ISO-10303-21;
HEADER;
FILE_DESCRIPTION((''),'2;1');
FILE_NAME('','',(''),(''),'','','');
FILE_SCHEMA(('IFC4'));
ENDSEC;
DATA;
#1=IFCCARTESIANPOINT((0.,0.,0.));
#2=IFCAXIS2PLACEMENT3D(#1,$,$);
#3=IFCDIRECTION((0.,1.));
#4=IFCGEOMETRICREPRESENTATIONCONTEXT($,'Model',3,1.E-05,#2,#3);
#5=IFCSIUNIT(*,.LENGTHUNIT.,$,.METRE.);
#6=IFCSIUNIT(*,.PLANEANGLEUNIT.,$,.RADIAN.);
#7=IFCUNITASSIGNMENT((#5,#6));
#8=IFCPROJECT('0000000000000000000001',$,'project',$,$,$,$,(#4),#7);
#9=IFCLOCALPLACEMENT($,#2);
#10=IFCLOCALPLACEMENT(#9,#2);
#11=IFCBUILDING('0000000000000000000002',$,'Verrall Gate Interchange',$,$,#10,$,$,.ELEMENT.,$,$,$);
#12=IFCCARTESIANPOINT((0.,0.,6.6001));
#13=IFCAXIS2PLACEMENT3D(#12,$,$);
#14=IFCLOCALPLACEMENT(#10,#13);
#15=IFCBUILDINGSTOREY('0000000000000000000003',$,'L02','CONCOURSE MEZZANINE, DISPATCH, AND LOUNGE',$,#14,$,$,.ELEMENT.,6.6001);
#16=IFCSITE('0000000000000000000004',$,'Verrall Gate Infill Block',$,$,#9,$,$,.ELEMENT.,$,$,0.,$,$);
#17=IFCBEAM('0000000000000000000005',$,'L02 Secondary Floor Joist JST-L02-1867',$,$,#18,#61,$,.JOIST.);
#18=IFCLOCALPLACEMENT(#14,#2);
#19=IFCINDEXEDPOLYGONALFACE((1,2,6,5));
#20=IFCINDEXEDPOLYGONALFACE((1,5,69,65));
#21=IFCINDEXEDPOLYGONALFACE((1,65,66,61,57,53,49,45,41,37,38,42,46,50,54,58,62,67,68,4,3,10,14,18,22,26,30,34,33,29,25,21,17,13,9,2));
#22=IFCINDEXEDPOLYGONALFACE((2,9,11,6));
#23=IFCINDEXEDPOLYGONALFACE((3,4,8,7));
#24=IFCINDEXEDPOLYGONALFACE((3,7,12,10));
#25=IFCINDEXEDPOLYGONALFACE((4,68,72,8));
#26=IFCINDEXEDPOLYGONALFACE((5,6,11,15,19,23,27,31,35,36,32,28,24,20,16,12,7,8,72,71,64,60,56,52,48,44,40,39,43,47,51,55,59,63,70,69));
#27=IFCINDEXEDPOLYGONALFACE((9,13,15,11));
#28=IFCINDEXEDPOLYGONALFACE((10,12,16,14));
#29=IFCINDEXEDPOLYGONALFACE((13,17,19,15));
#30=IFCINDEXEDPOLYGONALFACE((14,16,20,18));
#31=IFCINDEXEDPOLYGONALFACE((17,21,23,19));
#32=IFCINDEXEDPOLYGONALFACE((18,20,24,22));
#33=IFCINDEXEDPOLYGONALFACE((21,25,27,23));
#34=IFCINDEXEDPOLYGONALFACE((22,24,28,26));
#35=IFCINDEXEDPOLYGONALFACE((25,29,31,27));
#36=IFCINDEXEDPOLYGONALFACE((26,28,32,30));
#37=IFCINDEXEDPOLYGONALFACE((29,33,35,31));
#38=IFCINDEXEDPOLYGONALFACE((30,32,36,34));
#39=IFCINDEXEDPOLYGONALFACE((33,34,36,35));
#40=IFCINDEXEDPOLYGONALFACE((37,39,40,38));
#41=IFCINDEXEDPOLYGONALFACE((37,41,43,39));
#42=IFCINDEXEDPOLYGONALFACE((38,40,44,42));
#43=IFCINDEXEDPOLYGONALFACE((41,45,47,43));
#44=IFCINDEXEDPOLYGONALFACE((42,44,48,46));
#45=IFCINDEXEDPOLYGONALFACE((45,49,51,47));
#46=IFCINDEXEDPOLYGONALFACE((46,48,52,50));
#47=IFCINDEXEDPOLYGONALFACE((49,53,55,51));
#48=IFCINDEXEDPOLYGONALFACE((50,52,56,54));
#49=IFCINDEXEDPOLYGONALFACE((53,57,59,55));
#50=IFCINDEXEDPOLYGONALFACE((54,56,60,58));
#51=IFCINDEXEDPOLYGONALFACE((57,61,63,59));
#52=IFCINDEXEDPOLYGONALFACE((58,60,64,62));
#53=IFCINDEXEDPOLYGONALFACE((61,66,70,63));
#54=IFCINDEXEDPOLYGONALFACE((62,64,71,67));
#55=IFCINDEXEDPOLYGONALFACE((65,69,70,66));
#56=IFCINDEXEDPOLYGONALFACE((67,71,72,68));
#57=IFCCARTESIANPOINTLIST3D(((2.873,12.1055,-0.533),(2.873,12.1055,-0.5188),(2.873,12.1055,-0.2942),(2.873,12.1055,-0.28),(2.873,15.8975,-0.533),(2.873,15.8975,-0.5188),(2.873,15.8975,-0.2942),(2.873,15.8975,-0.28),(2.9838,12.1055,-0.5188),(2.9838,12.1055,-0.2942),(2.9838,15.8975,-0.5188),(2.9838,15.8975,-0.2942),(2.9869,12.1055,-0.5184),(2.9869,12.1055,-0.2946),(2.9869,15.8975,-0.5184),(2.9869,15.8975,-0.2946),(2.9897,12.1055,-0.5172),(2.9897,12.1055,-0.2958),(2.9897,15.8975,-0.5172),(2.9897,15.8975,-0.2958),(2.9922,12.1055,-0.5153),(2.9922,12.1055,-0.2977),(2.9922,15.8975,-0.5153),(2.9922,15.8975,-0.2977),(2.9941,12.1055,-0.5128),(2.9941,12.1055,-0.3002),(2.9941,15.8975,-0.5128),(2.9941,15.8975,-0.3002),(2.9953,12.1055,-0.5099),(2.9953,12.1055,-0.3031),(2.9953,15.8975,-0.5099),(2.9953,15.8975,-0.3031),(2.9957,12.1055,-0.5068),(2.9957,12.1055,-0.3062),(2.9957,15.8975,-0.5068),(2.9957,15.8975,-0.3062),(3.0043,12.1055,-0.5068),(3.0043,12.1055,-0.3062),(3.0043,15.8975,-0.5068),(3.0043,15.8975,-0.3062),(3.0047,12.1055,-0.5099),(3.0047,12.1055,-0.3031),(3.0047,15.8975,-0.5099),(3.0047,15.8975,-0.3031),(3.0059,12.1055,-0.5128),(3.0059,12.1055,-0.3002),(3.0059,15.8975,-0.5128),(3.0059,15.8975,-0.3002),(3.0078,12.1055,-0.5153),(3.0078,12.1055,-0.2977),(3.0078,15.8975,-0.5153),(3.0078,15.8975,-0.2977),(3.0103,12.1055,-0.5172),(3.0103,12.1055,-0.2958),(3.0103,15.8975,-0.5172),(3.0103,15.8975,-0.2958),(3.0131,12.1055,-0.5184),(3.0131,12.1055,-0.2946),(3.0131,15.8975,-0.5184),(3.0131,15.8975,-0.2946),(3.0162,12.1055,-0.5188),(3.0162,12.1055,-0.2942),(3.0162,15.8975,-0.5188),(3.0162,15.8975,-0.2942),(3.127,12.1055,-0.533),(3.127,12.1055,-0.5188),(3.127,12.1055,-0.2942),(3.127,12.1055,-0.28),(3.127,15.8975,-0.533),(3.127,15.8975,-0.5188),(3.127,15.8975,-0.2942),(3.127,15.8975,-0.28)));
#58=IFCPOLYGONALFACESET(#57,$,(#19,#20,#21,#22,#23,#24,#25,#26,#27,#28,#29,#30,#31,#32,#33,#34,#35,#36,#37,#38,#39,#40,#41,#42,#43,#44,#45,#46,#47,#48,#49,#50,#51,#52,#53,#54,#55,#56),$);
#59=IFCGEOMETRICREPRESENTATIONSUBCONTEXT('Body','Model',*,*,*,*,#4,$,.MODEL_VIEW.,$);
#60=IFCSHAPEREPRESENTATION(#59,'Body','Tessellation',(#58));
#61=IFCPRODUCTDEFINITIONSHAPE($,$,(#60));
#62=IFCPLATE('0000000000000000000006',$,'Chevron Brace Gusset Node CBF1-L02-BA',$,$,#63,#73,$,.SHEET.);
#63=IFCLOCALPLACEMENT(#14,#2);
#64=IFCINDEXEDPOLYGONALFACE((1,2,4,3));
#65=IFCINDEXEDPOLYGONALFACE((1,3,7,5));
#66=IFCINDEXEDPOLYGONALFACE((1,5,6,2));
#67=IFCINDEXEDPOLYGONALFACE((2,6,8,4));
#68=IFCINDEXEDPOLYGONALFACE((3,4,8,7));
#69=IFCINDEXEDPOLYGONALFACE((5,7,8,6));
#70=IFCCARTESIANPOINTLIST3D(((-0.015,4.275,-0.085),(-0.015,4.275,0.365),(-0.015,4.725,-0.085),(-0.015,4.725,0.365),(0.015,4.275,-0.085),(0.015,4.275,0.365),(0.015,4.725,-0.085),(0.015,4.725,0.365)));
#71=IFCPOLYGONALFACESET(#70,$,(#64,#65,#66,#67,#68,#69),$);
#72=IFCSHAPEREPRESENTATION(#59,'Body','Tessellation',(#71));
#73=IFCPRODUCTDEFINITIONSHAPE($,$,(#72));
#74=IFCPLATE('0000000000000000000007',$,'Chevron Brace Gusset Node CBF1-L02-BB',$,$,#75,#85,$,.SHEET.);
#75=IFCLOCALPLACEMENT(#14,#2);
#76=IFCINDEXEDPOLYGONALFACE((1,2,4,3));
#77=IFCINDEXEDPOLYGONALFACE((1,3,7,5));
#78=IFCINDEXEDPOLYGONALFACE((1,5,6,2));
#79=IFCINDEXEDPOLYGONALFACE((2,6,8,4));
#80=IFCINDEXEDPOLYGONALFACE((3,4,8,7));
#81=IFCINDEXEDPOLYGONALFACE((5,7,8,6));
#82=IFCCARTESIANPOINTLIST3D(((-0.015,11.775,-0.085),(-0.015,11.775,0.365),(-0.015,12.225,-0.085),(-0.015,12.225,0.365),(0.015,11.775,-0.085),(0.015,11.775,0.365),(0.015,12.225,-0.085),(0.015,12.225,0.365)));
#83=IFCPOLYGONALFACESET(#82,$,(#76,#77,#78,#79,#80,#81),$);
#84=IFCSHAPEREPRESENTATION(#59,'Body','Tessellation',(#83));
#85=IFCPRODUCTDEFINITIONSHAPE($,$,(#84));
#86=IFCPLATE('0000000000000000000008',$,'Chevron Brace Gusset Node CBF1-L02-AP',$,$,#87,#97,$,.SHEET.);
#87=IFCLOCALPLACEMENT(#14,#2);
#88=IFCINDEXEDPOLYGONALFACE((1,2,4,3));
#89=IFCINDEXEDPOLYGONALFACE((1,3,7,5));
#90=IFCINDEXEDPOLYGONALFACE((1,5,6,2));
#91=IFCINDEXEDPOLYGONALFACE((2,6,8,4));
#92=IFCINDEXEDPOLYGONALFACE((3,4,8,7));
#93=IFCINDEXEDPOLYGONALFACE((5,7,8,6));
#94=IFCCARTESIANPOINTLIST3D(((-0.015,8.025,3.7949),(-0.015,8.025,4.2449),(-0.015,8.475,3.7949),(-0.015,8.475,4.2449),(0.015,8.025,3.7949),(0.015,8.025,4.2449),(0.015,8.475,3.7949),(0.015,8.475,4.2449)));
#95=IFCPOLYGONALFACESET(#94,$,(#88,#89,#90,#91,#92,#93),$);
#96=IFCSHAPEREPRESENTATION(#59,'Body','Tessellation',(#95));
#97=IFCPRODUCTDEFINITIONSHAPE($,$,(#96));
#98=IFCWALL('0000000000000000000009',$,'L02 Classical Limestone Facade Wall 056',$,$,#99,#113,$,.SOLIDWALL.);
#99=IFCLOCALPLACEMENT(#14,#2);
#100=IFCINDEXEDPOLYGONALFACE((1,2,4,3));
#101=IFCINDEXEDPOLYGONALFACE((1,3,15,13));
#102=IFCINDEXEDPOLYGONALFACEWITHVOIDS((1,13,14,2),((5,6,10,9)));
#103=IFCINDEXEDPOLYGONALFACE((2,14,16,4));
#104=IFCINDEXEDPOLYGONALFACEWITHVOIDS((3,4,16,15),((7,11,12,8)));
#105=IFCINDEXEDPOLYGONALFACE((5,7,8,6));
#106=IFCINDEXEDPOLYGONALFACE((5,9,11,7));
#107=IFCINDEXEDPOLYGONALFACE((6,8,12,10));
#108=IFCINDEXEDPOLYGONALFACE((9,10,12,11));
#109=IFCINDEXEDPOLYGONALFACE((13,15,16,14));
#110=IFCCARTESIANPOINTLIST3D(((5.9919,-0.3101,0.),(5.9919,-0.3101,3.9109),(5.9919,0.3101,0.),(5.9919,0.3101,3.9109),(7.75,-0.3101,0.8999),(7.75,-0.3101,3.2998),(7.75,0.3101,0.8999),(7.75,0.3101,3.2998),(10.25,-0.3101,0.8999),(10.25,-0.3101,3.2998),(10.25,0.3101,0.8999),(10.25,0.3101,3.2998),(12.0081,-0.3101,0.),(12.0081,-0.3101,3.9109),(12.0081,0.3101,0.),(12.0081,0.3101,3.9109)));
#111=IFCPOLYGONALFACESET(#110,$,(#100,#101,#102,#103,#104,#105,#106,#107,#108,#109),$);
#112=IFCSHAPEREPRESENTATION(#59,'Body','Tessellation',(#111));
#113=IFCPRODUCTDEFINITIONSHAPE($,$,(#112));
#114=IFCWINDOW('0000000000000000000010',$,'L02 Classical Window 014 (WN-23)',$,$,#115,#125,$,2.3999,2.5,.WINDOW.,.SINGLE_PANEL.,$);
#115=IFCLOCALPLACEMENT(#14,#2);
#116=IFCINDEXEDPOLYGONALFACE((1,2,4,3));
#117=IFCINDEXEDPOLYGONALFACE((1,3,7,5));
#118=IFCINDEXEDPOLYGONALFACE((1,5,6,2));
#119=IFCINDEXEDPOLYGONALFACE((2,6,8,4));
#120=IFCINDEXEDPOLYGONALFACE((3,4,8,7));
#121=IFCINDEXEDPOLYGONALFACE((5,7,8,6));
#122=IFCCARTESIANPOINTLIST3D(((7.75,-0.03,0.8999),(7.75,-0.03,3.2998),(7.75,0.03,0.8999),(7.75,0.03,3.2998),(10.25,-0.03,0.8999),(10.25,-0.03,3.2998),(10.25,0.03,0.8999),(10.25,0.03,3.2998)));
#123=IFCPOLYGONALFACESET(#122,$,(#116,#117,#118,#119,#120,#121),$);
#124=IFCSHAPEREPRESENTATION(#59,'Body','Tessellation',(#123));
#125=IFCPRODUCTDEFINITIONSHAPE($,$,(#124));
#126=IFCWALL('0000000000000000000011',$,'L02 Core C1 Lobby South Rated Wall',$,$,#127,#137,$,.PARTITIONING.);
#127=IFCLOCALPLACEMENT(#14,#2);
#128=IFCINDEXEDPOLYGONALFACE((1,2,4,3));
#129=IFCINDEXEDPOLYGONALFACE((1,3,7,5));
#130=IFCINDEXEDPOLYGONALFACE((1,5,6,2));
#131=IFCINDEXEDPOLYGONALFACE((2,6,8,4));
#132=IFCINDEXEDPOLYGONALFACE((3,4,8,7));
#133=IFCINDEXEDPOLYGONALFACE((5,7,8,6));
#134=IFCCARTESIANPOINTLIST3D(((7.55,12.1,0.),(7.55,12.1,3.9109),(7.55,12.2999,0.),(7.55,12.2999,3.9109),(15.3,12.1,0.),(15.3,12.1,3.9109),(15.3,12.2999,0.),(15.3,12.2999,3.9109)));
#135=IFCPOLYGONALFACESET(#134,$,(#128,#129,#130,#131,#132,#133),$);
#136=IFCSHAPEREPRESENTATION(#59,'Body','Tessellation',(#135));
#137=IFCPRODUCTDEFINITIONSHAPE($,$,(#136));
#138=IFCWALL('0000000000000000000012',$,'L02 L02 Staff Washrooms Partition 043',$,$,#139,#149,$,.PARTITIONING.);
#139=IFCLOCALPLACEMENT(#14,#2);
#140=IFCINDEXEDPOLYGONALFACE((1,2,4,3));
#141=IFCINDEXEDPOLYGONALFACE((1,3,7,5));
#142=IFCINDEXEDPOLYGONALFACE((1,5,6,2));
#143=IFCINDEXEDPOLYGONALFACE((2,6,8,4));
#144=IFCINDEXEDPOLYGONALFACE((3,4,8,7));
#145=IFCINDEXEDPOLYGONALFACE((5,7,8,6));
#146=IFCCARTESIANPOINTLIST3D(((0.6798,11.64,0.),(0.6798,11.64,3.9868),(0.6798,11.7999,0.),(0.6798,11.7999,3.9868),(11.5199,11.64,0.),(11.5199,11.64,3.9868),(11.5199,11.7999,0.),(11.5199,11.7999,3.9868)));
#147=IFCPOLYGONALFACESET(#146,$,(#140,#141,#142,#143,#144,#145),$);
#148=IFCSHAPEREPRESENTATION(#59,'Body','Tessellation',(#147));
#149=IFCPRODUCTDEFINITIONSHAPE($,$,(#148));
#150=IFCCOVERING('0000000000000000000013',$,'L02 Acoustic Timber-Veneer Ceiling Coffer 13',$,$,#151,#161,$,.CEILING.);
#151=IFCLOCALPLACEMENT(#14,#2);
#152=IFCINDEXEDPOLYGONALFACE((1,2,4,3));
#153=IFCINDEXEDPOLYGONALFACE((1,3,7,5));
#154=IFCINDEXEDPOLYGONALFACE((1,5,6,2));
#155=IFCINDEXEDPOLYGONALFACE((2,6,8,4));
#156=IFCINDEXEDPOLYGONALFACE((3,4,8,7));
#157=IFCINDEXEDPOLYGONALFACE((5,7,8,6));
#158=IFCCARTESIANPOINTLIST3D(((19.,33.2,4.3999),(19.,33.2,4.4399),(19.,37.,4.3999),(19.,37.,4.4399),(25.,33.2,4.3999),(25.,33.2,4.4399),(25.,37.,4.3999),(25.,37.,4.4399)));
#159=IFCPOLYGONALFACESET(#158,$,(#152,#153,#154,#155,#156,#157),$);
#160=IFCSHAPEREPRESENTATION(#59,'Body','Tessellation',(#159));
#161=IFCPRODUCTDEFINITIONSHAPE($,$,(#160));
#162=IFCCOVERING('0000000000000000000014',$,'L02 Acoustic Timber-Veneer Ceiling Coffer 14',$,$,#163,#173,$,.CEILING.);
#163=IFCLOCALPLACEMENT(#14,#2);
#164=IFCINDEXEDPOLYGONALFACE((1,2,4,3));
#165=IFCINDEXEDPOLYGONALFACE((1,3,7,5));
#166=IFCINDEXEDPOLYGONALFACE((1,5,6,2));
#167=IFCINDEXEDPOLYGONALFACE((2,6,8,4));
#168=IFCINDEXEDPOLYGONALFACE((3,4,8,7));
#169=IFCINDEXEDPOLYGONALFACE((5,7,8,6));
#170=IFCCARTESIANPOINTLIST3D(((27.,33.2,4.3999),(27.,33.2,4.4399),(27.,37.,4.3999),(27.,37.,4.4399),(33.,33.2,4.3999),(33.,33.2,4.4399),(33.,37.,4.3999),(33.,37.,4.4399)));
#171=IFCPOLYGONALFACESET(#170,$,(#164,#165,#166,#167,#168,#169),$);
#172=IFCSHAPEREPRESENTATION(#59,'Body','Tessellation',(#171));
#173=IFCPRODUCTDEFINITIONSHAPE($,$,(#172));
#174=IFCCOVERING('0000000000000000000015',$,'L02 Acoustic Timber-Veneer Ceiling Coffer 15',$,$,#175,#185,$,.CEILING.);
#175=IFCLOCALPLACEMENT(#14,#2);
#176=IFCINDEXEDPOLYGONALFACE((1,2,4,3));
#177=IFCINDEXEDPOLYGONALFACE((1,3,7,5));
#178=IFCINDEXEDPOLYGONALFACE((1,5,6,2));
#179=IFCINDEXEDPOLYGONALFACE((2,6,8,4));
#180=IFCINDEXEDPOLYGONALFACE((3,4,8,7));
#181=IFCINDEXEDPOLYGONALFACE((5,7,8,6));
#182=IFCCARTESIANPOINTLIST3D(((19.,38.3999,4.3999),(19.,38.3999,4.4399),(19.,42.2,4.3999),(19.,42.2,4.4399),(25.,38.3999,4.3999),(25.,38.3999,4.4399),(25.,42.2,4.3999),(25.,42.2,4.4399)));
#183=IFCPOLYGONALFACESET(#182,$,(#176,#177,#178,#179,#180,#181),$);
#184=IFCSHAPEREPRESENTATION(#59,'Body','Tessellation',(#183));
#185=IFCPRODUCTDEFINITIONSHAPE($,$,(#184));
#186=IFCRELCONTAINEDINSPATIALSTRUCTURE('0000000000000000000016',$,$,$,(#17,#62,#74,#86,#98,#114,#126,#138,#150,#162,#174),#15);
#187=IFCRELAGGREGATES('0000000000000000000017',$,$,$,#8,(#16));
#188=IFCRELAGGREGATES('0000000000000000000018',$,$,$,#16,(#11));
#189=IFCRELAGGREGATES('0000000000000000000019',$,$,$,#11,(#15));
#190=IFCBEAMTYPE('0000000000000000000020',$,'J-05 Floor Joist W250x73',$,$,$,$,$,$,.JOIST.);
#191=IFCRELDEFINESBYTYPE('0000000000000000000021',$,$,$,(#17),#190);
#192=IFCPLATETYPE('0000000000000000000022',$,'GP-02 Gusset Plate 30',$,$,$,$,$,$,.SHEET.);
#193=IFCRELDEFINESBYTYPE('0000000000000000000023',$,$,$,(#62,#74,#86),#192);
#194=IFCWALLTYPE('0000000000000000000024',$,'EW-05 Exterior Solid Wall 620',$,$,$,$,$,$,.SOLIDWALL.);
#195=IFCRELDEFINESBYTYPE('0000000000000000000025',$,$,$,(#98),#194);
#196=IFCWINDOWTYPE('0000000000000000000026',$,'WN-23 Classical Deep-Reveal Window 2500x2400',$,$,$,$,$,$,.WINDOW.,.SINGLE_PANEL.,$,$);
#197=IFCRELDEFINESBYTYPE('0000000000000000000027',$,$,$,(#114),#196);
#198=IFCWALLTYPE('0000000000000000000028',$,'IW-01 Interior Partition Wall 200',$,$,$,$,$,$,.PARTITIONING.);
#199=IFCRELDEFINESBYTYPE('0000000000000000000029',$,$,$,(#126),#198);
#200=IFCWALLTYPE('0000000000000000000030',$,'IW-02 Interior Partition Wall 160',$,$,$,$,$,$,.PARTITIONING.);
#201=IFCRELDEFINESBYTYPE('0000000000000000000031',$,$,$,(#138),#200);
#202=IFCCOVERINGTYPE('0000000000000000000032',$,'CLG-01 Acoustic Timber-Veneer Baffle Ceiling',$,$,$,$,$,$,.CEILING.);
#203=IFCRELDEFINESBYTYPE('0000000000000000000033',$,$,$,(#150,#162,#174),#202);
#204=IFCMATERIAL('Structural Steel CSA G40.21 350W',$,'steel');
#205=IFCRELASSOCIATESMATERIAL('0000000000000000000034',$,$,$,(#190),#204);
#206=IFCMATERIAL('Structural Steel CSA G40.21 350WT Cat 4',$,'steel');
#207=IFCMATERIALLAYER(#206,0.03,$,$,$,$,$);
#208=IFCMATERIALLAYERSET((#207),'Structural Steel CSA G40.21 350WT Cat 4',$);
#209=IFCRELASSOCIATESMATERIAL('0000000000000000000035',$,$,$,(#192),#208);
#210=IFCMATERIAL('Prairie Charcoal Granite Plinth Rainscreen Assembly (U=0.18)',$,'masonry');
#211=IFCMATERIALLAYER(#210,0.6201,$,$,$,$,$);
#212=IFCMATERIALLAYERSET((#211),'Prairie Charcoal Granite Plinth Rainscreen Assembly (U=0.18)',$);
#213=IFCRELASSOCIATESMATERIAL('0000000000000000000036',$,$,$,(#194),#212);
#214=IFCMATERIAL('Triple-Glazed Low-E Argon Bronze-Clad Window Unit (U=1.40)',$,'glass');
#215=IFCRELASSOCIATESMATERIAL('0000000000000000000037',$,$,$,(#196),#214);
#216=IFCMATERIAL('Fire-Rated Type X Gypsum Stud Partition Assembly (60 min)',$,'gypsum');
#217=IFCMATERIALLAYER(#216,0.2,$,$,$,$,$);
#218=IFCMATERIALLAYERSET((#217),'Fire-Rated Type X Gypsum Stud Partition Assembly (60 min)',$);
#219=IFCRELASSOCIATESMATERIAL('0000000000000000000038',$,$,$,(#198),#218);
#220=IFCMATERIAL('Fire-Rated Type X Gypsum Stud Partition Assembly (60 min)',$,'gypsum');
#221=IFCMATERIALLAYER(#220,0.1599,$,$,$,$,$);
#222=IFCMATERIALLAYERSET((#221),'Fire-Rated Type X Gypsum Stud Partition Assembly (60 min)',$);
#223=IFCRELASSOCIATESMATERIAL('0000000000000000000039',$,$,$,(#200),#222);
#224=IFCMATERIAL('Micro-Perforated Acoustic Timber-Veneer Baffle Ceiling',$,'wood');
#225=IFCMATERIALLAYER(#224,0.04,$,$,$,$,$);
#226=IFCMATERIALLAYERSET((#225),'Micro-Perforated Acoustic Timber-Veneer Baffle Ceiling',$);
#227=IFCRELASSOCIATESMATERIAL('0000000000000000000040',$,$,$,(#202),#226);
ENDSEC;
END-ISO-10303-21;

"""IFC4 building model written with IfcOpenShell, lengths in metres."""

from ifc_helpers import new_model, si_unit, direction, frame, frame_2d, origin, origin_2d, place, context, subcontext, project, spatial, polyline, rectangle, i_section, outline, extrude, material, layer, layer_set, material_profile, profile_set, type_object, element, fill, save


model = new_model("IFC4")

# Units and contexts
model_context = context("Model", 3, precision=1e-05, world=origin(), true_north=direction((0.0, 1.0)))
body_context = subcontext(model_context, "Body", "Model", "MODEL_VIEW")
ifc_project = project(units=[si_unit("LENGTHUNIT", "METRE"), si_unit("PLANEANGLEUNIT", "RADIAN")], contexts=[model_context])

# Site, building, storey
site_placement = place(None, origin())
site = spatial("IfcSite", under=ifc_project, at=site_placement, Name="Verrall Gate Infill Block", CompositionType="ELEMENT", RefElevation=0.0)
building_placement = place(site_placement, origin())
building = spatial("IfcBuilding", under=site, at=building_placement, Name="Verrall Gate Interchange", CompositionType="ELEMENT")
storey_placement = place(building_placement, frame((0.0, 0.0, 6.6001)))
storey = spatial("IfcBuildingStorey", under=building, at=storey_placement, Name="L02", Description="CONCOURSE MEZZANINE, DISPATCH, AND LOUNGE", CompositionType="ELEMENT", Elevation=6.6001)

# Beam
ifc_material_1 = material(Name="Structural Steel CSA G40.21 350W", Category="steel")
ifc_material_profile_1 = material_profile(ifc_material_1, i_section(OverallWidth=0.2539, OverallDepth=0.2529, WebThickness=0.0085, FlangeThickness=0.0142, FilletRadius=0.012, at=origin_2d()), Name="W250x73")
ifc_profile_set_1 = profile_set([ifc_material_profile_1], Name="Structural Steel CSA G40.21 350W")
beam_type_1 = type_object("IfcBeamType", Name="J-05 Floor Joist W250x73", PredefinedType="JOIST", material=ifc_profile_set_1)
beam_1_placement = place(storey_placement, frame((3.0, 12.1055, -0.4065), z_axis=(0.0, 1.0, 0.0), x_axis=(-1.0, 0.0, 0.0)))
element("IfcBeam", 1, at=beam_1_placement, inside=storey, type_object=beam_type_1, Name="L02 Secondary Floor Joist JST-L02-1867", PredefinedType="JOIST", context=body_context, shape_type="SweptSolid", body=[
    extrude(i_section(OverallWidth=0.2539, OverallDepth=0.2529, WebThickness=0.0085, FlangeThickness=0.0142, FilletRadius=0.012, at=origin_2d()), origin(), (0.0, 0.0, 1.0), 3.792),
])

# Plates
ifc_material_2 = material(Name="Structural Steel CSA G40.21 350WT Cat 4", Category="steel")
ifc_layer_1 = layer(ifc_material_2, 0.03)
ifc_layer_set_1 = layer_set([ifc_layer_1], Name="Structural Steel CSA G40.21 350WT Cat 4")
plate_type = type_object("IfcPlateType", Name="GP-02 Gusset Plate 30", PredefinedType="SHEET", material=ifc_layer_set_1)
for number, where, z_axis, x_axis, name in (
    (2, (0.0, 4.5, -0.085), (0.0, 0.0, 1.0), (1.0, 0.0, 0.0), "Chevron Brace Gusset Node CBF1-L02-BA"),
    (3, (0.0, 12.0, -0.085), (0.0, 0.0, 1.0), (1.0, 0.0, 0.0), "Chevron Brace Gusset Node CBF1-L02-BB"),
    (4, (0.0, 8.25, 3.7949), (0.0, 0.0, 1.0), (1.0, 0.0, 0.0), "Chevron Brace Gusset Node CBF1-L02-AP"),
):
    element("IfcPlate", number, at=place(storey_placement, frame(where, z_axis=z_axis, x_axis=x_axis)), inside=storey, type_object=plate_type, Name=name, PredefinedType="SHEET", context=body_context, shape_type="SweptSolid", body=[
        extrude(rectangle(XDim=0.03, YDim=0.45, at=origin_2d()), origin(), (0.0, 0.0, 1.0), 0.45),
    ])

# Wall, opening, window
ifc_material_3 = material(Name="Prairie Charcoal Granite Plinth Rainscreen Assembly (U=0.18)", Category="masonry")
ifc_layer_2 = layer(ifc_material_3, 0.6201)
ifc_layer_set_2 = layer_set([ifc_layer_2], Name="Prairie Charcoal Granite Plinth Rainscreen Assembly (U=0.18)")
wall_type_1 = type_object("IfcWallType", Name="EW-05 Exterior Solid Wall 620", PredefinedType="SOLIDWALL", material=ifc_layer_set_2)
wall_1_placement = place(storey_placement, frame((5.9919, 0.0, 0.0), z_axis=(0.0, 0.0, 1.0), x_axis=(1.0, 0.0, 0.0)))
wall_1 = element("IfcWall", 5, at=wall_1_placement, inside=storey, type_object=wall_type_1, Name="L02 Classical Limestone Facade Wall 056", PredefinedType="SOLIDWALL", context=body_context, shape_type="SweptSolid", body=[
    extrude(rectangle(XDim=6.0161, YDim=0.6201, at=frame_2d((3.0081, 0.0))), origin(), (0.0, 0.0, 1.0), 3.9109),
])
opening_1_placement = place(wall_1_placement, frame((1.7581, 0.0, 0.8999)))
opening_1 = element("IfcOpeningElement", 6, at=opening_1_placement, cuts=wall_1, PredefinedType="OPENING", context=body_context, shape_type="SweptSolid", body=[
    extrude(rectangle(XDim=2.5, YDim=2.3999, at=frame_2d((1.25, 1.2))), frame((0.0, 0.325, 0.0), z_axis=(0.0, -1.0, 0.0), x_axis=(1.0, 0.0, 0.0)), (0.0, 0.0, 1.0), 0.6499),
])
ifc_material_4 = material(Name="Triple-Glazed Low-E Argon Bronze-Clad Window Unit (U=1.40)", Category="glass")
window_type = type_object("IfcWindowType", Name="WN-23 Classical Deep-Reveal Window 2500x2400", PartitioningType="SINGLE_PANEL", PredefinedType="WINDOW", material=ifc_material_4)
window_placement = place(opening_1_placement, origin())
window = element("IfcWindow", 7, at=window_placement, inside=storey, type_object=window_type, Name="L02 Classical Window 014 (WN-23)", OverallHeight=2.3999, OverallWidth=2.5, PartitioningType="SINGLE_PANEL", PredefinedType="WINDOW", context=body_context, shape_type="SweptSolid", body=[
    extrude(rectangle(XDim=2.5, YDim=2.3999, at=frame_2d((1.25, 1.2))), frame((0.0, 0.03, 0.0), z_axis=(0.0, -1.0, 0.0), x_axis=(1.0, 0.0, 0.0)), (0.0, 0.0, 1.0), 0.0601),
])
fill(opening_1, window)

# Walls
ifc_material_5 = material(Name="Fire-Rated Type X Gypsum Stud Partition Assembly (60 min)", Category="gypsum")
ifc_layer_3 = layer(ifc_material_5, 0.2)
ifc_layer_set_3 = layer_set([ifc_layer_3], Name="Fire-Rated Type X Gypsum Stud Partition Assembly (60 min)")
wall_type_2 = type_object("IfcWallType", Name="IW-01 Interior Partition Wall 200", PredefinedType="PARTITIONING", material=ifc_layer_set_3)
wall_2_placement = place(storey_placement, frame((7.55, 12.2, 0.0), z_axis=(0.0, 0.0, 1.0), x_axis=(1.0, 0.0, 0.0)))
element("IfcWall", 8, at=wall_2_placement, inside=storey, type_object=wall_type_2, Name="L02 Core C1 Lobby South Rated Wall", PredefinedType="PARTITIONING", context=body_context, shape_type="SweptSolid", body=[
    extrude(rectangle(XDim=7.75, YDim=0.2, at=frame_2d((3.875, 0.0))), origin(), (0.0, 0.0, 1.0), 3.9109),
])
ifc_material_6 = material(Name="Fire-Rated Type X Gypsum Stud Partition Assembly (60 min)", Category="gypsum")
ifc_layer_4 = layer(ifc_material_6, 0.1599)
ifc_layer_set_4 = layer_set([ifc_layer_4], Name="Fire-Rated Type X Gypsum Stud Partition Assembly (60 min)")
wall_type_3 = type_object("IfcWallType", Name="IW-02 Interior Partition Wall 160", PredefinedType="PARTITIONING", material=ifc_layer_set_4)
wall_3_placement = place(storey_placement, frame((0.6799, 11.72, 0.0), z_axis=(0.0, 0.0, 1.0), x_axis=(1.0, 0.0, 0.0)))
element("IfcWall", 9, at=wall_3_placement, inside=storey, type_object=wall_type_3, Name="L02 L02 Staff Washrooms Partition 043", PredefinedType="PARTITIONING", context=body_context, shape_type="SweptSolid", body=[
    extrude(rectangle(XDim=10.8401, YDim=0.1599, at=frame_2d((5.4199, 0.0))), origin(), (0.0, 0.0, 1.0), 3.9868),
])

# Coverings
ifc_material_7 = material(Name="Micro-Perforated Acoustic Timber-Veneer Baffle Ceiling", Category="wood")
ifc_layer_5 = layer(ifc_material_7, 0.04)
ifc_layer_set_5 = layer_set([ifc_layer_5], Name="Micro-Perforated Acoustic Timber-Veneer Baffle Ceiling")
covering_type = type_object("IfcCoveringType", Name="CLG-01 Acoustic Timber-Veneer Baffle Ceiling", PredefinedType="CEILING", material=ifc_layer_set_5)
covering_1_placement = place(storey_placement, frame((0.0, 0.0, 4.3999)))
element("IfcCovering", 10, at=covering_1_placement, inside=storey, type_object=covering_type, Name="L02 Acoustic Timber-Veneer Ceiling Coffer 13", PredefinedType="CEILING", context=body_context, shape_type="SweptSolid", body=[
    extrude(outline(polyline([(19.0, 33.2), (25.0, 33.2), (25.0, 37.0), (19.0, 37.0), (19.0, 33.2)])), origin(), (0.0, 0.0, 1.0), 0.04),
])
covering_2_placement = place(storey_placement, frame((0.0, 0.0, 4.3999)))
element("IfcCovering", 11, at=covering_2_placement, inside=storey, type_object=covering_type, Name="L02 Acoustic Timber-Veneer Ceiling Coffer 14", PredefinedType="CEILING", context=body_context, shape_type="SweptSolid", body=[
    extrude(outline(polyline([(27.0, 33.2), (33.0, 33.2), (33.0, 37.0), (27.0, 37.0), (27.0, 33.2)])), origin(), (0.0, 0.0, 1.0), 0.04),
])
covering_3_placement = place(storey_placement, frame((0.0, 0.0, 4.3999)))
element("IfcCovering", 12, at=covering_3_placement, inside=storey, type_object=covering_type, Name="L02 Acoustic Timber-Veneer Ceiling Coffer 15", PredefinedType="CEILING", context=body_context, shape_type="SweptSolid", body=[
    extrude(outline(polyline([(19.0, 38.3999), (25.0, 38.3999), (25.0, 42.2), (19.0, 42.2), (19.0, 38.3999)])), origin(), (0.0, 0.0, 1.0), 0.04),
])

save(model, "model.ifc")
